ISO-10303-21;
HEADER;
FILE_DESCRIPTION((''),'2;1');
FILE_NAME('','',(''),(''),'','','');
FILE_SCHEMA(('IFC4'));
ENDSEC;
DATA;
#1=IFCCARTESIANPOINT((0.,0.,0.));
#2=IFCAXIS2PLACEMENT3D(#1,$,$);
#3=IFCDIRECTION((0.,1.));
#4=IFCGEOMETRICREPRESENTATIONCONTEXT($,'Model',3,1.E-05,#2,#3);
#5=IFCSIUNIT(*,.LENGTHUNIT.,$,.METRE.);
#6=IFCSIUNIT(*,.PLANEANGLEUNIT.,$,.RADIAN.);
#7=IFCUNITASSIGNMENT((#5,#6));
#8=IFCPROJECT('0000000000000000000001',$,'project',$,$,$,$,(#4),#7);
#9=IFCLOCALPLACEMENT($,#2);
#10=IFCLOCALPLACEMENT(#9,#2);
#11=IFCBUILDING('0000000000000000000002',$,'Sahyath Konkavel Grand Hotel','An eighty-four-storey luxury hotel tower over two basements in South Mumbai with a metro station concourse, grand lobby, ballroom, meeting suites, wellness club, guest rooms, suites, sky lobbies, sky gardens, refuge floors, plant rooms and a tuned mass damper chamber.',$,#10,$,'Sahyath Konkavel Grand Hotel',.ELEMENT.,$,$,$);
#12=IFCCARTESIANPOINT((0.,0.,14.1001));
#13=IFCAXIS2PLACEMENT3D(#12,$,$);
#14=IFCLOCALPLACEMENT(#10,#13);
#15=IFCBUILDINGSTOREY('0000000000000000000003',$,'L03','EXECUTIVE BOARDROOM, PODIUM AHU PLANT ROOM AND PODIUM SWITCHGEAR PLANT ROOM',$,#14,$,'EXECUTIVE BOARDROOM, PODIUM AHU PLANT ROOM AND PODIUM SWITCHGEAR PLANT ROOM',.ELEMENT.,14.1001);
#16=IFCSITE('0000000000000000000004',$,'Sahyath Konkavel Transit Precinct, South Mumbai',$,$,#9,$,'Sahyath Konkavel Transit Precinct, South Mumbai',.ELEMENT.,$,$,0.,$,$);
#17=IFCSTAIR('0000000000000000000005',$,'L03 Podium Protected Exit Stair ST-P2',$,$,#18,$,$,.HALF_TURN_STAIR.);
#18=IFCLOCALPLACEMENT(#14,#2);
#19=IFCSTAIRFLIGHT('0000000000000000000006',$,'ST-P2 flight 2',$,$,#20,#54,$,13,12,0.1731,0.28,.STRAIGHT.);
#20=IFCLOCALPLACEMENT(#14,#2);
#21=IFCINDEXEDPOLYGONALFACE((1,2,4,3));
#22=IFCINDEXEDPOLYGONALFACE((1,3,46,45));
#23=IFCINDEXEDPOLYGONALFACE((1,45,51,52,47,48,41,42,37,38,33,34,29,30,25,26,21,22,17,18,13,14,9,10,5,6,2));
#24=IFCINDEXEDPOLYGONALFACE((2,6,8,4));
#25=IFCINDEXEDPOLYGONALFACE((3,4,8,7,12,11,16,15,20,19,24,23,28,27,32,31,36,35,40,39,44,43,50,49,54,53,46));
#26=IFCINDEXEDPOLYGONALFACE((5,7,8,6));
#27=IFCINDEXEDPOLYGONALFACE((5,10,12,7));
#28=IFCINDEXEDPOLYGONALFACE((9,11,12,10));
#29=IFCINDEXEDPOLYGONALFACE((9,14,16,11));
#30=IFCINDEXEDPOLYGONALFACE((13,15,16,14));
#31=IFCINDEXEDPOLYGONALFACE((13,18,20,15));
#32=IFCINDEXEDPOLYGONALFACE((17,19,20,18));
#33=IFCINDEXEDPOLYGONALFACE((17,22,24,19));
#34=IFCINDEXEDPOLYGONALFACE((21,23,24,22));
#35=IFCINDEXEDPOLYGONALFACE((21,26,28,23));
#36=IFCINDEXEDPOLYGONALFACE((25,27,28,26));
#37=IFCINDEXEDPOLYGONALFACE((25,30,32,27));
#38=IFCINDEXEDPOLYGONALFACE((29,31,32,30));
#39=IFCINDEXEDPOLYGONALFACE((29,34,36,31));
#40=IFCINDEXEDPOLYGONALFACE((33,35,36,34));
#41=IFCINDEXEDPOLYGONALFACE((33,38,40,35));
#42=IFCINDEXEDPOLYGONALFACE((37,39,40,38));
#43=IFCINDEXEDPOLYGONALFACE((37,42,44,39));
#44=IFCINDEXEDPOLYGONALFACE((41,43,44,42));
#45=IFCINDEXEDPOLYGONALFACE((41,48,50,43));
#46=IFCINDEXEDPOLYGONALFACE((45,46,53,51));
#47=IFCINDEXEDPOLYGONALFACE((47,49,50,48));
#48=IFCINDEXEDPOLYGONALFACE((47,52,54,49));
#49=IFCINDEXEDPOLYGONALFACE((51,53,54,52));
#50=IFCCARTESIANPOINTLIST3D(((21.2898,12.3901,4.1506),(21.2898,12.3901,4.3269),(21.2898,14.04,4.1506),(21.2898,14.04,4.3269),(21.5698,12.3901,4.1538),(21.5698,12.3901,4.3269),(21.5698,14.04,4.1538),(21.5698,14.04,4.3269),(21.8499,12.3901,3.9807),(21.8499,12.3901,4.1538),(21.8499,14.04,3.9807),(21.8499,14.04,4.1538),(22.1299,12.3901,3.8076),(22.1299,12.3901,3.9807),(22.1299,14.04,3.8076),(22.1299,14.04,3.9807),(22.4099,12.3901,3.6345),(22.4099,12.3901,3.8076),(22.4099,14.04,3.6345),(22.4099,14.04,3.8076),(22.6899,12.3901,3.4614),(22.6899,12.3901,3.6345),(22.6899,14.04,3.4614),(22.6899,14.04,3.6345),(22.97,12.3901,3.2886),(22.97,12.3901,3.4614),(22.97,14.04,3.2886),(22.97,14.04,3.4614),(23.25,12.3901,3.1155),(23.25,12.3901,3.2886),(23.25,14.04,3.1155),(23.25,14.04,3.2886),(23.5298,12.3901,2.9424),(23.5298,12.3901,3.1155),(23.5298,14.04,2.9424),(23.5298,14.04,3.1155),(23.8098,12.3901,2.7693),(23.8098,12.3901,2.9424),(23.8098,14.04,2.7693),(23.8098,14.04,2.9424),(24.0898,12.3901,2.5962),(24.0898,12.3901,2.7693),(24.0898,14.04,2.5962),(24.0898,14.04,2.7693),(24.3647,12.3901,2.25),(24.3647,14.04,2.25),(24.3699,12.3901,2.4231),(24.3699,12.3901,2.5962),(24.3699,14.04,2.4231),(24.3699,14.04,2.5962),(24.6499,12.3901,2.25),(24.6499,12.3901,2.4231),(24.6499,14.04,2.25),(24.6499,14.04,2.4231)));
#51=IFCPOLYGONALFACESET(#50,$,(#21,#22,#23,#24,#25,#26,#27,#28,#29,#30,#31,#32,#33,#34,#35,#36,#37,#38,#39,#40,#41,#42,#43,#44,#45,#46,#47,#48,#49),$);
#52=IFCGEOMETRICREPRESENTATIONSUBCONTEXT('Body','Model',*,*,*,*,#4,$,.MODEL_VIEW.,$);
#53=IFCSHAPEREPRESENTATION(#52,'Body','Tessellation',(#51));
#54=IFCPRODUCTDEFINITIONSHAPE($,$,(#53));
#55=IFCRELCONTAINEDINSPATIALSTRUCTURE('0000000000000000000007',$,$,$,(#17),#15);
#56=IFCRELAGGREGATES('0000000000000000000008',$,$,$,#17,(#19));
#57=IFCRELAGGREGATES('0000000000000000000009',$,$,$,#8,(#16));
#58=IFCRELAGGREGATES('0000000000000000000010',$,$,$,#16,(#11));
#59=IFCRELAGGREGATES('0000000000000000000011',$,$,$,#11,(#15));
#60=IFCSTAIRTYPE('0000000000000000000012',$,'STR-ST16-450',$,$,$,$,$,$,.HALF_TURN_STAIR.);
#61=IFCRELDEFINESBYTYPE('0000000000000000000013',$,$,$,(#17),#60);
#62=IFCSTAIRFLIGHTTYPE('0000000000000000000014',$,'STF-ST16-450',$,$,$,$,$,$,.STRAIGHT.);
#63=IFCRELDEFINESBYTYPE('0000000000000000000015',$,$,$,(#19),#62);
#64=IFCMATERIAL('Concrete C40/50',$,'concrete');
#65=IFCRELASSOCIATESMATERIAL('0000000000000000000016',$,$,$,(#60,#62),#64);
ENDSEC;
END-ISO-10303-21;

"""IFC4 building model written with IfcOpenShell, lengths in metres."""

from ifc_helpers import new_model, si_unit, direction, frame, origin, place, context, subcontext, project, spatial, polyline, outline, extrude, material, type_object, element, aggregate, save


model = new_model("IFC4")

# Units and contexts
model_context = context("Model", 3, precision=1e-05, world=origin(), true_north=direction((0.0, 1.0)))
body_context = subcontext(model_context, "Body", "Model", "MODEL_VIEW")
ifc_project = project(units=[si_unit("LENGTHUNIT", "METRE"), si_unit("PLANEANGLEUNIT", "RADIAN")], contexts=[model_context])

# Site, building, storey
site_placement = place(None, origin())
site = spatial("IfcSite", under=ifc_project, at=site_placement, Name="Sahyath Konkavel Transit Precinct, South Mumbai", LongName="Sahyath Konkavel Transit Precinct, South Mumbai", CompositionType="ELEMENT", RefElevation=0.0)
building_placement = place(site_placement, origin())
building = spatial("IfcBuilding", under=site, at=building_placement, Name="Sahyath Konkavel Grand Hotel", Description="An eighty-four-storey luxury hotel tower over two basements in South Mumbai with a metro station concourse, grand lobby, ballroom, meeting suites, wellness club, guest rooms, suites, sky lobbies, sky gardens, refuge floors, plant rooms and a tuned mass damper chamber.", LongName="Sahyath Konkavel Grand Hotel", CompositionType="ELEMENT")
storey_placement = place(building_placement, frame((0.0, 0.0, 14.1001)))
storey = spatial("IfcBuildingStorey", under=building, at=storey_placement, Name="L03", Description="EXECUTIVE BOARDROOM, PODIUM AHU PLANT ROOM AND PODIUM SWITCHGEAR PLANT ROOM", LongName="EXECUTIVE BOARDROOM, PODIUM AHU PLANT ROOM AND PODIUM SWITCHGEAR PLANT ROOM", CompositionType="ELEMENT", Elevation=14.1001)

# Shared definitions
ifc_material_1 = material(Name="Concrete C40/50", Category="concrete")

# Stair, stair flight
stair_type = type_object("IfcStairType", Name="STR-ST16-450", PredefinedType="HALF_TURN_STAIR", material=ifc_material_1)
stair_placement = place(storey_placement, origin())
stair = element("IfcStair", 1, at=stair_placement, inside=storey, type_object=stair_type, Name="L03 Podium Protected Exit Stair ST-P2", PredefinedType="HALF_TURN_STAIR")
stair_flight_type = type_object("IfcStairFlightType", Name="STF-ST16-450", PredefinedType="STRAIGHT", material=ifc_material_1)
stair_flight_1_placement = place(storey_placement, frame((24.6499, 13.2151, 2.25), z_axis=(0.0, 0.0, 1.0), x_axis=(-1.0, 0.0, 0.0)))
stair_flight_1 = element("IfcStairFlight", 2, at=stair_flight_1_placement, type_object=stair_flight_type, Name="ST-P2 flight 2", NumberOfRisers=13, NumberOfTreads=12, PredefinedType="STRAIGHT", RiserHeight=0.1731, TreadLength=0.28, context=body_context, shape_type="SweptSolid", body=[
    extrude(outline(polyline([(0.0, 0.0), (0.0, 0.1731), (0.28, 0.1731), (0.28, 0.3462), (0.5601, 0.3462), (0.5601, 0.5193), (0.8401, 0.5193), (0.8401, 0.6924), (1.1201, 0.6924), (1.1201, 0.8655), (1.3999, 0.8655), (1.3999, 1.0386), (1.6799, 1.0386), (1.6799, 1.2114), (1.96, 1.2114), (1.96, 1.3845), (2.24, 1.3845), (2.24, 1.5576), (2.52, 1.5576), (2.52, 1.7307), (2.8, 1.7307), (2.8, 1.9038), (3.0801, 1.9038), (3.0801, 2.0769), (3.3601, 2.0769), (3.3601, 2.25), (3.3601, 1.9006), (0.2852, 0.0), (0.0, 0.0)])), frame((0.0, 0.825, 0.0), z_axis=(0.0, -1.0, 0.0), x_axis=(1.0, 0.0, 0.0)), (0.0, 0.0, 1.0), 1.6499),
])
aggregate(stair, [stair_flight_1])

save(model, "model.ifc")
